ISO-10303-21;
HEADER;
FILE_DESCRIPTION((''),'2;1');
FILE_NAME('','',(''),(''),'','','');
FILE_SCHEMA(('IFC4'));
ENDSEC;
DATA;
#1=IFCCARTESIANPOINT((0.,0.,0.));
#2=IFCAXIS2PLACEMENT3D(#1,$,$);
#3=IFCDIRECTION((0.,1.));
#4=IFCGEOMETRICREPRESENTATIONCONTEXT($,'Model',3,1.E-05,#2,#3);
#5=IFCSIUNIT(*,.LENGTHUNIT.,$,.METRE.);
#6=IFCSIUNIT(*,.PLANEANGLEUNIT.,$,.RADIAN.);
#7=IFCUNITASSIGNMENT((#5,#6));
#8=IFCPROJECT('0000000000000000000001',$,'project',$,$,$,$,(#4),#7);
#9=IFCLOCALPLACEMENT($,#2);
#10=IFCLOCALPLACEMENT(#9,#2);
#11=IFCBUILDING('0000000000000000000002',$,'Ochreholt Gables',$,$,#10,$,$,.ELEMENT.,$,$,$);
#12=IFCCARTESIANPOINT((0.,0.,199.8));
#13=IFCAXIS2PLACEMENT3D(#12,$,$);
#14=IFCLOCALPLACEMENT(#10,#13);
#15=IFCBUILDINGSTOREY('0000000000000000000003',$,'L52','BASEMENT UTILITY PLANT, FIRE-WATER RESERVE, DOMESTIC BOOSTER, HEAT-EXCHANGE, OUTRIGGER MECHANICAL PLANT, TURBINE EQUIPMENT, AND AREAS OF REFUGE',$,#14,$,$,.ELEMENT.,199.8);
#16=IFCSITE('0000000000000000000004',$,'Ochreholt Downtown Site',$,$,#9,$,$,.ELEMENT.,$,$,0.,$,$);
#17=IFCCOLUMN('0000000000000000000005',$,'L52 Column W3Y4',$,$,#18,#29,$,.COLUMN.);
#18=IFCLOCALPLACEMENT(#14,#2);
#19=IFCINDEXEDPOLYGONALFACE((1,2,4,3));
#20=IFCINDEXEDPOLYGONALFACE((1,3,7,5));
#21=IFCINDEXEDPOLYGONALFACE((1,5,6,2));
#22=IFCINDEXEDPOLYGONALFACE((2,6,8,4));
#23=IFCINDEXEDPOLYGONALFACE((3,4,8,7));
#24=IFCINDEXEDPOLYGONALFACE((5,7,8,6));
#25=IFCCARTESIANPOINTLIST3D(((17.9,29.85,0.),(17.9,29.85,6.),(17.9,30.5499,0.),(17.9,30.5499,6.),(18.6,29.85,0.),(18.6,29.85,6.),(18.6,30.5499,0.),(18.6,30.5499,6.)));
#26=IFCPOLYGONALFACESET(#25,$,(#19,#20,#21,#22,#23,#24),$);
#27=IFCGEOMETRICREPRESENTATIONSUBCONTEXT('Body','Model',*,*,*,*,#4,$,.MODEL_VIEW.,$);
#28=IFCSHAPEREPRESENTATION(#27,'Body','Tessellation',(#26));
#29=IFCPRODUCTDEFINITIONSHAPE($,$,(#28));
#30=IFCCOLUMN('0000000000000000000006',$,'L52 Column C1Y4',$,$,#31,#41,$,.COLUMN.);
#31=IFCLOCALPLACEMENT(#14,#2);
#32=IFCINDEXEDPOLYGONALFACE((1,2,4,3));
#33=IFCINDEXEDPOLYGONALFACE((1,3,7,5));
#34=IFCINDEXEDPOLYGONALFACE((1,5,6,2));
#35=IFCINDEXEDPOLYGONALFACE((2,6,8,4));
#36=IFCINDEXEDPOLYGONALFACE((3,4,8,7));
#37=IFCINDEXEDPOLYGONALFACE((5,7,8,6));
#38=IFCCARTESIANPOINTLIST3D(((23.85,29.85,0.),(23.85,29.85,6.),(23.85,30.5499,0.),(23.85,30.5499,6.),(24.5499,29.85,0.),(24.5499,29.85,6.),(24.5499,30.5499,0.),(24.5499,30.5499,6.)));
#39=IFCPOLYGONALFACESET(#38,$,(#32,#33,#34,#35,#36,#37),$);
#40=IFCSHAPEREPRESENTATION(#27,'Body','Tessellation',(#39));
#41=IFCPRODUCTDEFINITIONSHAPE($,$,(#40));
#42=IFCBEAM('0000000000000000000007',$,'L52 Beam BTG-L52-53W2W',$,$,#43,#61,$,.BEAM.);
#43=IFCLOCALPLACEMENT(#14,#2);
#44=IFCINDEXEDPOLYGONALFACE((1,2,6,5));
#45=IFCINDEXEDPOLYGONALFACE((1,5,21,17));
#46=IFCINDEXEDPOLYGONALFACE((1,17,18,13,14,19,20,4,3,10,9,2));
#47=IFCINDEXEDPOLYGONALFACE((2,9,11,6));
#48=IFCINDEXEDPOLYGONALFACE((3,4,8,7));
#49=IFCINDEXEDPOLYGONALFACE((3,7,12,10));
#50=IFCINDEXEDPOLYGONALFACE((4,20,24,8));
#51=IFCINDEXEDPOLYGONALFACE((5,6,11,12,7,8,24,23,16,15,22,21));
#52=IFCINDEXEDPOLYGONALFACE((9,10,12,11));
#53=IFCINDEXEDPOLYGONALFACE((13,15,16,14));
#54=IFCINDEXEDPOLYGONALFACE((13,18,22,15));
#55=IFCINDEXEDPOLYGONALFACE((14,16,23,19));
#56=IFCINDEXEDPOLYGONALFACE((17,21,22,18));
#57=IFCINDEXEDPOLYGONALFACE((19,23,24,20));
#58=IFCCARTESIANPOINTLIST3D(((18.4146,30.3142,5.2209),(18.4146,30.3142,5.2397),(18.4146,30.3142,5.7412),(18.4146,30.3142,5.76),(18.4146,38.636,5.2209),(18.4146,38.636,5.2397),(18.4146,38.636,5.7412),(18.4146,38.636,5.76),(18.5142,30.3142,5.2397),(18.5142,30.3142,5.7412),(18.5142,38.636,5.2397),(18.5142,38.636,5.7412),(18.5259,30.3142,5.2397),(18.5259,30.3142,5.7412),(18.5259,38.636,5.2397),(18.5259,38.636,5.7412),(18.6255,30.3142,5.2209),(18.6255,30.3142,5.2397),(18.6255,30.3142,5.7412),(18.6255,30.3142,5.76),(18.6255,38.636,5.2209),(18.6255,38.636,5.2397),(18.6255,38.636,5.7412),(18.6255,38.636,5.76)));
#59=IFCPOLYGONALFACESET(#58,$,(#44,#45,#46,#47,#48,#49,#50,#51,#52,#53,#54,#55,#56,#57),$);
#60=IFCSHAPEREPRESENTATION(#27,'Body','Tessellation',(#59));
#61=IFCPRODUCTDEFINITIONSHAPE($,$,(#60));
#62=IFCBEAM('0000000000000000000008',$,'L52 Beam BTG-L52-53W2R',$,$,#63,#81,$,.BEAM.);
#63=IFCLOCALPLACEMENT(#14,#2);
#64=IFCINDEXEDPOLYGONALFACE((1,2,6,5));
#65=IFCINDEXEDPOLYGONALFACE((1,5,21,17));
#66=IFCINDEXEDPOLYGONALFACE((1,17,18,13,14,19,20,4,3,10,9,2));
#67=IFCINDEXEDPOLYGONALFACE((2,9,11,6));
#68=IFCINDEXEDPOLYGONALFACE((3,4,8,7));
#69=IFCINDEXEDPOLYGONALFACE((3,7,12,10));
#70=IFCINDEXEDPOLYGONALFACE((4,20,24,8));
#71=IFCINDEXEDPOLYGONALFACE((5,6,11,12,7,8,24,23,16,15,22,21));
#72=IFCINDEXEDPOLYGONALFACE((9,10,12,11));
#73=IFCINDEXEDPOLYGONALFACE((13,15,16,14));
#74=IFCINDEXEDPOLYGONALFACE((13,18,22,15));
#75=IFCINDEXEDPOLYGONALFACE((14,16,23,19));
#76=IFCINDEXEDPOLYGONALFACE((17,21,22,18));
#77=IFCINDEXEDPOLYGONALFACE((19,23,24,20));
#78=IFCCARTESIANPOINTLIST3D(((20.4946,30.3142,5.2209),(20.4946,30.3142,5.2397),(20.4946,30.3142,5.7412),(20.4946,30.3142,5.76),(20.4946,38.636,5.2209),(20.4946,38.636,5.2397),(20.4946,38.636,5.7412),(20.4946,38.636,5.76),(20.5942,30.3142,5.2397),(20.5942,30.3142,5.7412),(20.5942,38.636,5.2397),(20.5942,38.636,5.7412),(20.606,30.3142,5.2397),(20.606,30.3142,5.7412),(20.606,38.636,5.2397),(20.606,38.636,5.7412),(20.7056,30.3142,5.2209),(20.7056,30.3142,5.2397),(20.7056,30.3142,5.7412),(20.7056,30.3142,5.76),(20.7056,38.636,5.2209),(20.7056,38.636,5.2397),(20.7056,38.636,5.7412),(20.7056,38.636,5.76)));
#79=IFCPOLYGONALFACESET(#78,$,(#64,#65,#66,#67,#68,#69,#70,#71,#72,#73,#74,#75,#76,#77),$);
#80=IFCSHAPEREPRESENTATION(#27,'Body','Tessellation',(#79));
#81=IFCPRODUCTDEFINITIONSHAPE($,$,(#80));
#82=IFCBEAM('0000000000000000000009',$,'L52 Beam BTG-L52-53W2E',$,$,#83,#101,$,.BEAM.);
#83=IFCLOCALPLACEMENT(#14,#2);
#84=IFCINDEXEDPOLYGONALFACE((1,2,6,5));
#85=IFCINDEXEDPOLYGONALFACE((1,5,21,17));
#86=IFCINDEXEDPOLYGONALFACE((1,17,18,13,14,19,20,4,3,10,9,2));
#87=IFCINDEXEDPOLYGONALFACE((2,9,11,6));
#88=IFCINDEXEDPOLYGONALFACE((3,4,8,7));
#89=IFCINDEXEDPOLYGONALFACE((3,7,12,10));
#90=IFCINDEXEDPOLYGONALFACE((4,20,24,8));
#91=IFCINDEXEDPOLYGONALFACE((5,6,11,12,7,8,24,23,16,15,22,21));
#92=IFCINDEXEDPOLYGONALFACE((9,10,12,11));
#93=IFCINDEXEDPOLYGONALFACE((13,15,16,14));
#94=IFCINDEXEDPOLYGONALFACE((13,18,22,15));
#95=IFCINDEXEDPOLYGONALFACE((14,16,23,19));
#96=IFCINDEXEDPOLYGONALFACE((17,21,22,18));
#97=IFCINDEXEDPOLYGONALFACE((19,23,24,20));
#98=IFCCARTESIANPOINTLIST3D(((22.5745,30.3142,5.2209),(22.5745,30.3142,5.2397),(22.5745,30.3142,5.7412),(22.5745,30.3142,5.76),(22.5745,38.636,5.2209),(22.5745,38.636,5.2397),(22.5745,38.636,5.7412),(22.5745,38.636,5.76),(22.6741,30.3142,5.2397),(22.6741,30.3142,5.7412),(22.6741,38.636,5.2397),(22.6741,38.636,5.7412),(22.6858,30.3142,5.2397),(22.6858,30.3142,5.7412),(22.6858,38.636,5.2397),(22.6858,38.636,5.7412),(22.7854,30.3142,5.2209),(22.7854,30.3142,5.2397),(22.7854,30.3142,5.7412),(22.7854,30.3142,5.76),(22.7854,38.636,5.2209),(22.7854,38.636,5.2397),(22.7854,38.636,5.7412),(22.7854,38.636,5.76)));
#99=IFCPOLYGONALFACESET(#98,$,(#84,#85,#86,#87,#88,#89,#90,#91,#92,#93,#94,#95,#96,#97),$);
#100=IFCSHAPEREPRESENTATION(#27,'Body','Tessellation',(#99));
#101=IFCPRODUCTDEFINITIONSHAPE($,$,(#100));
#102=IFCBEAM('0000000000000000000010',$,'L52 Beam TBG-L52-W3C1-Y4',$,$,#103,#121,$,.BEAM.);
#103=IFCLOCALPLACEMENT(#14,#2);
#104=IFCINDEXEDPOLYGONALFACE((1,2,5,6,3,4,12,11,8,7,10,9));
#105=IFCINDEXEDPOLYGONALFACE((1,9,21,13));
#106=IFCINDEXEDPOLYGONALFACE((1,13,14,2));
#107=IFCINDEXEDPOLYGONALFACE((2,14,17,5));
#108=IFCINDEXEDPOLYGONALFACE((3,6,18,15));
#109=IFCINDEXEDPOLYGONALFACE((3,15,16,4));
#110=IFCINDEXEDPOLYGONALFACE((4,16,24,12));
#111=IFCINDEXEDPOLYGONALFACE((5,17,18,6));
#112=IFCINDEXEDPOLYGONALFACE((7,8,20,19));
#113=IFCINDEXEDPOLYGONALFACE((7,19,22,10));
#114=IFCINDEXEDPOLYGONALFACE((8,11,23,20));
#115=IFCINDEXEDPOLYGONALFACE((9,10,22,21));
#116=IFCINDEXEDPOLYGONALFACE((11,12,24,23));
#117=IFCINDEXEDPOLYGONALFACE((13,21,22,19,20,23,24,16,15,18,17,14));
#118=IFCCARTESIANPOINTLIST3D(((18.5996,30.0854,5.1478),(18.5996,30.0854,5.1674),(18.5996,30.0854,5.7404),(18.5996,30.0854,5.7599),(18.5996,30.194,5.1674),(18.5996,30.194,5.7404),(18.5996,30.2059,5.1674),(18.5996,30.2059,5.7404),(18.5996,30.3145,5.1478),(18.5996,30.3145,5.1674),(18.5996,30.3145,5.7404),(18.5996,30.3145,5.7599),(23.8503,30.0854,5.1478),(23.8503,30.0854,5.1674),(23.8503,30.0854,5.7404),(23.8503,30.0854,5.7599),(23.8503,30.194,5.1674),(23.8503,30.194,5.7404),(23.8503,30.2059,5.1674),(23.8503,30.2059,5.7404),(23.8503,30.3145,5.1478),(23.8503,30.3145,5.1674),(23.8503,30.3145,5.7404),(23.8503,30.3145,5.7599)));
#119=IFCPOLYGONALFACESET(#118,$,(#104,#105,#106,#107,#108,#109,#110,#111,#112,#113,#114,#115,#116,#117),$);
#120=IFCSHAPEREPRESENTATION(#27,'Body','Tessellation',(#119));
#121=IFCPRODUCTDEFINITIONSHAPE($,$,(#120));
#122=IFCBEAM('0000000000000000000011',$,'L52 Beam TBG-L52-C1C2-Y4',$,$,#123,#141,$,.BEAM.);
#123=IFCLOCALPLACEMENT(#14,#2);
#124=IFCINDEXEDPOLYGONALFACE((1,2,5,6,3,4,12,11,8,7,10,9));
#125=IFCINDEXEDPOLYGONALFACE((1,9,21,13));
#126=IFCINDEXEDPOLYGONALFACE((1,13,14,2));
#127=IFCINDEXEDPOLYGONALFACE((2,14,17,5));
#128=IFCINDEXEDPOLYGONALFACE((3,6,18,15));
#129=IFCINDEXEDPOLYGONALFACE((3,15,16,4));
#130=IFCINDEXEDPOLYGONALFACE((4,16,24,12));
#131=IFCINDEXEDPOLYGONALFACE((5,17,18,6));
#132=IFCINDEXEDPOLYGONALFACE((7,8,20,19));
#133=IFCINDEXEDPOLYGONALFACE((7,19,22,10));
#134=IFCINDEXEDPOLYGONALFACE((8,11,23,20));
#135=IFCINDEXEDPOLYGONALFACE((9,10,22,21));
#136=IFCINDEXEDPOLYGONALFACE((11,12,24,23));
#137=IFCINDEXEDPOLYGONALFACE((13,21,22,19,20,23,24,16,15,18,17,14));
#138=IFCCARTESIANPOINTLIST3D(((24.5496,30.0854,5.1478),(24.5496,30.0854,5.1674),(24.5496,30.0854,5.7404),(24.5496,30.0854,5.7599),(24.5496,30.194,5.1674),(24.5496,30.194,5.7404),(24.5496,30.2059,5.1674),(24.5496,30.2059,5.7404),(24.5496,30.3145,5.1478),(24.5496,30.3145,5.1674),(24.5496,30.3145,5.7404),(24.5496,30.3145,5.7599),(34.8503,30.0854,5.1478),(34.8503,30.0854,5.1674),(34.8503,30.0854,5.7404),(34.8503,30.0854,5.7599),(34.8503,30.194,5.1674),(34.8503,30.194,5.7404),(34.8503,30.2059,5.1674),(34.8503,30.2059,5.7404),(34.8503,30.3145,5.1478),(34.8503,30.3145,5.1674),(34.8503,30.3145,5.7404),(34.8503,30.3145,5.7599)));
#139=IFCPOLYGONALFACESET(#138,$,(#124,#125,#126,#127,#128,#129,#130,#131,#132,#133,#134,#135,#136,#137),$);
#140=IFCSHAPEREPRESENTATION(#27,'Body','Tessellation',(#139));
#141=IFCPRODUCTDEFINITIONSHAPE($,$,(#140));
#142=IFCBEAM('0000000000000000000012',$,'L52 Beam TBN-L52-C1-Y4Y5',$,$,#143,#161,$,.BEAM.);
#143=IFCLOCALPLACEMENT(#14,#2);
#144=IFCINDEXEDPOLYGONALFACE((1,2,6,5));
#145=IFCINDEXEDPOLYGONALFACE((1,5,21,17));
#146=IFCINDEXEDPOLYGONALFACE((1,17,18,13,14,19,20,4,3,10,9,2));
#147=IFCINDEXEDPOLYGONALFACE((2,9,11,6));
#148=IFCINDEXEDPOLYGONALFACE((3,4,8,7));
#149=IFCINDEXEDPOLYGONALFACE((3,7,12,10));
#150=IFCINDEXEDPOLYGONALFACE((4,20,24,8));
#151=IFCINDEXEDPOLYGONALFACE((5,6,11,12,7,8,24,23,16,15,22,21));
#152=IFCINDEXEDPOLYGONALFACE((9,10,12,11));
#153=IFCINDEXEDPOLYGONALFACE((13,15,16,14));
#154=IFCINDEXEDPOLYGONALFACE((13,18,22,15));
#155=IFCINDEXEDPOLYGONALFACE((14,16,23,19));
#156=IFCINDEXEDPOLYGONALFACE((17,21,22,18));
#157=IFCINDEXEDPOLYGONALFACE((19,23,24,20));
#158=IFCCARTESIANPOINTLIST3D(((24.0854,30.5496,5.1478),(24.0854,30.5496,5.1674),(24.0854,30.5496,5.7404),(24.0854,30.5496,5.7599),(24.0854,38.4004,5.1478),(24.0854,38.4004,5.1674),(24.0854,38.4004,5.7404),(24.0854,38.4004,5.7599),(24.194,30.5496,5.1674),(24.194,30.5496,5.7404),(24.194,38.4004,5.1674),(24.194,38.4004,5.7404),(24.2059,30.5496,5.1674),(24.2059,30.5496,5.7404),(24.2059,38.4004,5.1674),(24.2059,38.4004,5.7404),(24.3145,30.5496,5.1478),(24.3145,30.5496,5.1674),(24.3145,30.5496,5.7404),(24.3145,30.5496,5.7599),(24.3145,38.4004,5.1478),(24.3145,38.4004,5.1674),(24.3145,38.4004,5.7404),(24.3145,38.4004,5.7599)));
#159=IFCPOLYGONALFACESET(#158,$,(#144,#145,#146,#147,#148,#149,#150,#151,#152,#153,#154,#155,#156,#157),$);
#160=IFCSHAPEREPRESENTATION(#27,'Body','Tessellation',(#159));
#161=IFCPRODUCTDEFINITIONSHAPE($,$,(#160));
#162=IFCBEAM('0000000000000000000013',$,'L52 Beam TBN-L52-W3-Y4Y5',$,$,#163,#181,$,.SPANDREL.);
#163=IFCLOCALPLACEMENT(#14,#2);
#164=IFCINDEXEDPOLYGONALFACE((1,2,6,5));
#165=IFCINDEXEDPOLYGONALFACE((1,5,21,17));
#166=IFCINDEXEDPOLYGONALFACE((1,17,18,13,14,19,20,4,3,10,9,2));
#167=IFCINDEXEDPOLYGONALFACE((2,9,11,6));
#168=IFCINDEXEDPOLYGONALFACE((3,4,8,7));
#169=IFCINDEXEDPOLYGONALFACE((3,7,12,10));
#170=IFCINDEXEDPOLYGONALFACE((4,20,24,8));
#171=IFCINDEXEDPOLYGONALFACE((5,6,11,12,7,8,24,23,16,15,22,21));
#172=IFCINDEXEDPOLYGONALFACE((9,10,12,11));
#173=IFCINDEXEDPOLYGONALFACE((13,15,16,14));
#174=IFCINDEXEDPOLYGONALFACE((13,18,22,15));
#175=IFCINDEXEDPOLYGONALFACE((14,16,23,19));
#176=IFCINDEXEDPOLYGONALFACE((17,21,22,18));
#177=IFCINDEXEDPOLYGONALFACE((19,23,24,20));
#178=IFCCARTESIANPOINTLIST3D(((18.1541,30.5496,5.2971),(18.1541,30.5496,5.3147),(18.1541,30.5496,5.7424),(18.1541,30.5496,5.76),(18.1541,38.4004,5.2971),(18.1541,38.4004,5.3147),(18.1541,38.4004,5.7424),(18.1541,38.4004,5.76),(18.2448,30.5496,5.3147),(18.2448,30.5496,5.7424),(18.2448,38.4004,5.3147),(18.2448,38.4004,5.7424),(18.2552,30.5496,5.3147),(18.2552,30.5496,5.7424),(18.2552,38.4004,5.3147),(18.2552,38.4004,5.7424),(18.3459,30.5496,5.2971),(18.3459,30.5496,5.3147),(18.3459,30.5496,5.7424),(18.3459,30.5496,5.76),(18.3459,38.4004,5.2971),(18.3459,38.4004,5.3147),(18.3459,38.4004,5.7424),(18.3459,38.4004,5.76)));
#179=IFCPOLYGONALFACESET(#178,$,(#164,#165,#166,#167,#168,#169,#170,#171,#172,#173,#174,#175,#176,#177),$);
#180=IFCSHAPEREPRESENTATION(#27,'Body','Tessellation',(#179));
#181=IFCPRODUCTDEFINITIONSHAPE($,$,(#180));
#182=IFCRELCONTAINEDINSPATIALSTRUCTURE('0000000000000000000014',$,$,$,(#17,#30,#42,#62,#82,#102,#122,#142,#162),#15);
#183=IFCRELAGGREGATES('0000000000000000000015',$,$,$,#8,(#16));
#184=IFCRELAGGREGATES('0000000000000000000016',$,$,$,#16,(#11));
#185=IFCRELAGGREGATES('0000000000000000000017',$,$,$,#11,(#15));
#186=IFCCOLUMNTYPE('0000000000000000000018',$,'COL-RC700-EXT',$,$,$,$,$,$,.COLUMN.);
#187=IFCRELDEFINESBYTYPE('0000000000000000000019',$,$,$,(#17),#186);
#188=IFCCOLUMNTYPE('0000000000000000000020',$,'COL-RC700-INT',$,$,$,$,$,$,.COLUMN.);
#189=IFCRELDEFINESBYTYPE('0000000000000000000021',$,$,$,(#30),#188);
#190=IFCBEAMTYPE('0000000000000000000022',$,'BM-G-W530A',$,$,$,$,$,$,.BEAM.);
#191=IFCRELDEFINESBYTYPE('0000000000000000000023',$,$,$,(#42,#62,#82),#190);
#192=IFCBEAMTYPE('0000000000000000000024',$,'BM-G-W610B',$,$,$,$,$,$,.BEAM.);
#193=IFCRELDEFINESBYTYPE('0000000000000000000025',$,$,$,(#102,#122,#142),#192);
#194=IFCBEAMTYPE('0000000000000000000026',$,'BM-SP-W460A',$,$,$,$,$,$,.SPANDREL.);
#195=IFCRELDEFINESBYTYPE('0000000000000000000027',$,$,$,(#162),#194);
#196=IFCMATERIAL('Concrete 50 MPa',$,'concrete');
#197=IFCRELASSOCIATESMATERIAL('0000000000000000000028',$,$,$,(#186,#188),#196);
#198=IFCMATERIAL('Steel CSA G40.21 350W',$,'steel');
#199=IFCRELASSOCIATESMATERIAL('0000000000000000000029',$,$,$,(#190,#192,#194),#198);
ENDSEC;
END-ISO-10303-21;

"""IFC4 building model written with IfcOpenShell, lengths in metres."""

from ifc_helpers import new_model, si_unit, direction, frame, origin, origin_2d, place, context, subcontext, project, spatial, rectangle, i_section, extrude, material, material_profile, profile_set, type_object, element, save


model = new_model("IFC4")

# Units and contexts
model_context = context("Model", 3, precision=1e-05, world=origin(), true_north=direction((0.0, 1.0)))
body_context = subcontext(model_context, "Body", "Model", "MODEL_VIEW")
ifc_project = project(units=[si_unit("LENGTHUNIT", "METRE"), si_unit("PLANEANGLEUNIT", "RADIAN")], contexts=[model_context])

# Site, building, storey
site_placement = place(None, origin())
site = spatial("IfcSite", under=ifc_project, at=site_placement, Name="Ochreholt Downtown Site", CompositionType="ELEMENT", RefElevation=0.0)
building_placement = place(site_placement, origin())
building = spatial("IfcBuilding", under=site, at=building_placement, Name="Ochreholt Gables", CompositionType="ELEMENT")
storey_placement = place(building_placement, frame((0.0, 0.0, 199.8)))
storey = spatial("IfcBuildingStorey", under=building, at=storey_placement, Name="L52", Description="BASEMENT UTILITY PLANT, FIRE-WATER RESERVE, DOMESTIC BOOSTER, HEAT-EXCHANGE, OUTRIGGER MECHANICAL PLANT, TURBINE EQUIPMENT, AND AREAS OF REFUGE", CompositionType="ELEMENT", Elevation=199.8)

# Columns
ifc_material_1 = material(Name="Concrete 50 MPa", Category="concrete")
ifc_material_profile_1 = material_profile(ifc_material_1, rectangle(XDim=0.7, YDim=0.7, at=origin_2d()), Name="RC700X700")
ifc_profile_set_1 = profile_set([ifc_material_profile_1], Name="Concrete 50 MPa")
column_type_1 = type_object("IfcColumnType", Name="COL-RC700-EXT", PredefinedType="COLUMN", material=ifc_profile_set_1)
column_1_placement = place(storey_placement, frame((18.25, 30.2, 0.0), z_axis=(0.0, 0.0, 1.0), x_axis=(1.0, 0.0, 0.0)))
element("IfcColumn", 1, at=column_1_placement, inside=storey, type_object=column_type_1, Name="L52 Column W3Y4", PredefinedType="COLUMN", context=body_context, shape_type="SweptSolid", body=[
    extrude(rectangle(XDim=0.7, YDim=0.7, at=origin_2d()), origin(), (0.0, 0.0, 1.0), 6.0),
])
ifc_material_profile_2 = material_profile(ifc_material_1, rectangle(XDim=0.7, YDim=0.7, at=origin_2d()), Name="RC700X700")
ifc_profile_set_2 = profile_set([ifc_material_profile_2], Name="Concrete 50 MPa")
column_type_2 = type_object("IfcColumnType", Name="COL-RC700-INT", PredefinedType="COLUMN", material=ifc_profile_set_2)
column_2_placement = place(storey_placement, frame((24.2, 30.2, 0.0), z_axis=(0.0, 0.0, 1.0), x_axis=(1.0, 0.0, 0.0)))
element("IfcColumn", 2, at=column_2_placement, inside=storey, type_object=column_type_2, Name="L52 Column C1Y4", PredefinedType="COLUMN", context=body_context, shape_type="SweptSolid", body=[
    extrude(rectangle(XDim=0.7, YDim=0.7, at=origin_2d()), origin(), (0.0, 0.0, 1.0), 6.0),
])

# Beams
ifc_material_2 = material(Name="Steel CSA G40.21 350W", Category="steel")
ifc_material_profile_3 = material_profile(ifc_material_2, i_section(OverallWidth=0.2109, OverallDepth=0.5391, WebThickness=0.0117, FlangeThickness=0.0188, at=origin_2d()), Name="W530X109")
ifc_profile_set_3 = profile_set([ifc_material_profile_3], Name="Steel CSA G40.21 350W")
beam_type_1 = type_object("IfcBeamType", Name="BM-G-W530A", PredefinedType="BEAM", material=ifc_profile_set_3)
for number, where, z_axis, x_axis, name in (
    (3, (18.52, 30.3142, 5.4905), (0.0, 1.0, 0.0), (-1.0, 0.0, 0.0), "L52 Beam BTG-L52-53W2W"),
    (4, (20.6001, 30.3142, 5.4905), (0.0, 1.0, 0.0), (-1.0, 0.0, 0.0), "L52 Beam BTG-L52-53W2R"),
    (5, (22.6799, 30.3142, 5.4905), (0.0, 1.0, 0.0), (-1.0, 0.0, 0.0), "L52 Beam BTG-L52-53W2E"),
):
    element("IfcBeam", number, at=place(storey_placement, frame(where, z_axis=z_axis, x_axis=x_axis)), inside=storey, type_object=beam_type_1, Name=name, PredefinedType="BEAM", context=body_context, shape_type="SweptSolid", body=[
        extrude(i_section(OverallWidth=0.2109, OverallDepth=0.5391, WebThickness=0.0117, FlangeThickness=0.0188, at=origin_2d()), origin(), (0.0, 0.0, 1.0), 8.3218),
    ])
ifc_material_profile_4 = material_profile(ifc_material_2, i_section(OverallWidth=0.229, OverallDepth=0.6121, WebThickness=0.012, FlangeThickness=0.0195, at=origin_2d()), Name="W610X125")
ifc_profile_set_4 = profile_set([ifc_material_profile_4], Name="Steel CSA G40.21 350W")
beam_type_2 = type_object("IfcBeamType", Name="BM-G-W610B", PredefinedType="BEAM", material=ifc_profile_set_4)
beam_1_placement = place(storey_placement, frame((18.5996, 30.2, 5.4539), z_axis=(1.0, 0.0, 0.0), x_axis=(0.0, 1.0, 0.0)))
element("IfcBeam", 6, at=beam_1_placement, inside=storey, type_object=beam_type_2, Name="L52 Beam TBG-L52-W3C1-Y4", PredefinedType="BEAM", context=body_context, shape_type="SweptSolid", body=[
    extrude(i_section(OverallWidth=0.229, OverallDepth=0.6121, WebThickness=0.012, FlangeThickness=0.0195, at=origin_2d()), origin(), (0.0, 0.0, 1.0), 5.2507),
])
beam_2_placement = place(storey_placement, frame((24.5496, 30.2, 5.4539), z_axis=(1.0, 0.0, 0.0), x_axis=(0.0, 1.0, 0.0)))
element("IfcBeam", 7, at=beam_2_placement, inside=storey, type_object=beam_type_2, Name="L52 Beam TBG-L52-C1C2-Y4", PredefinedType="BEAM", context=body_context, shape_type="SweptSolid", body=[
    extrude(i_section(OverallWidth=0.229, OverallDepth=0.6121, WebThickness=0.012, FlangeThickness=0.0195, at=origin_2d()), origin(), (0.0, 0.0, 1.0), 10.3008),
])
beam_3_placement = place(storey_placement, frame((24.2, 30.5496, 5.4539), z_axis=(0.0, 1.0, 0.0), x_axis=(-1.0, 0.0, 0.0)))
element("IfcBeam", 8, at=beam_3_placement, inside=storey, type_object=beam_type_2, Name="L52 Beam TBN-L52-C1-Y4Y5", PredefinedType="BEAM", context=body_context, shape_type="SweptSolid", body=[
    extrude(i_section(OverallWidth=0.229, OverallDepth=0.6121, WebThickness=0.012, FlangeThickness=0.0195, at=origin_2d()), origin(), (0.0, 0.0, 1.0), 7.8508),
])
ifc_material_profile_5 = material_profile(ifc_material_2, i_section(OverallWidth=0.1919, OverallDepth=0.4629, WebThickness=0.0105, FlangeThickness=0.0176, at=origin_2d()), Name="W460X89")
ifc_profile_set_5 = profile_set([ifc_material_profile_5], Name="Steel CSA G40.21 350W")
beam_type_3 = type_object("IfcBeamType", Name="BM-SP-W460A", PredefinedType="SPANDREL", material=ifc_profile_set_5)
beam_4_placement = place(storey_placement, frame((18.25, 30.5496, 5.5286), z_axis=(0.0, 1.0, 0.0), x_axis=(-1.0, 0.0, 0.0)))
element("IfcBeam", 9, at=beam_4_placement, inside=storey, type_object=beam_type_3, Name="L52 Beam TBN-L52-W3-Y4Y5", PredefinedType="SPANDREL", context=body_context, shape_type="SweptSolid", body=[
    extrude(i_section(OverallWidth=0.1919, OverallDepth=0.4629, WebThickness=0.0105, FlangeThickness=0.0176, at=origin_2d()), origin(), (0.0, 0.0, 1.0), 7.8508),
])

save(model, "model.ifc")
